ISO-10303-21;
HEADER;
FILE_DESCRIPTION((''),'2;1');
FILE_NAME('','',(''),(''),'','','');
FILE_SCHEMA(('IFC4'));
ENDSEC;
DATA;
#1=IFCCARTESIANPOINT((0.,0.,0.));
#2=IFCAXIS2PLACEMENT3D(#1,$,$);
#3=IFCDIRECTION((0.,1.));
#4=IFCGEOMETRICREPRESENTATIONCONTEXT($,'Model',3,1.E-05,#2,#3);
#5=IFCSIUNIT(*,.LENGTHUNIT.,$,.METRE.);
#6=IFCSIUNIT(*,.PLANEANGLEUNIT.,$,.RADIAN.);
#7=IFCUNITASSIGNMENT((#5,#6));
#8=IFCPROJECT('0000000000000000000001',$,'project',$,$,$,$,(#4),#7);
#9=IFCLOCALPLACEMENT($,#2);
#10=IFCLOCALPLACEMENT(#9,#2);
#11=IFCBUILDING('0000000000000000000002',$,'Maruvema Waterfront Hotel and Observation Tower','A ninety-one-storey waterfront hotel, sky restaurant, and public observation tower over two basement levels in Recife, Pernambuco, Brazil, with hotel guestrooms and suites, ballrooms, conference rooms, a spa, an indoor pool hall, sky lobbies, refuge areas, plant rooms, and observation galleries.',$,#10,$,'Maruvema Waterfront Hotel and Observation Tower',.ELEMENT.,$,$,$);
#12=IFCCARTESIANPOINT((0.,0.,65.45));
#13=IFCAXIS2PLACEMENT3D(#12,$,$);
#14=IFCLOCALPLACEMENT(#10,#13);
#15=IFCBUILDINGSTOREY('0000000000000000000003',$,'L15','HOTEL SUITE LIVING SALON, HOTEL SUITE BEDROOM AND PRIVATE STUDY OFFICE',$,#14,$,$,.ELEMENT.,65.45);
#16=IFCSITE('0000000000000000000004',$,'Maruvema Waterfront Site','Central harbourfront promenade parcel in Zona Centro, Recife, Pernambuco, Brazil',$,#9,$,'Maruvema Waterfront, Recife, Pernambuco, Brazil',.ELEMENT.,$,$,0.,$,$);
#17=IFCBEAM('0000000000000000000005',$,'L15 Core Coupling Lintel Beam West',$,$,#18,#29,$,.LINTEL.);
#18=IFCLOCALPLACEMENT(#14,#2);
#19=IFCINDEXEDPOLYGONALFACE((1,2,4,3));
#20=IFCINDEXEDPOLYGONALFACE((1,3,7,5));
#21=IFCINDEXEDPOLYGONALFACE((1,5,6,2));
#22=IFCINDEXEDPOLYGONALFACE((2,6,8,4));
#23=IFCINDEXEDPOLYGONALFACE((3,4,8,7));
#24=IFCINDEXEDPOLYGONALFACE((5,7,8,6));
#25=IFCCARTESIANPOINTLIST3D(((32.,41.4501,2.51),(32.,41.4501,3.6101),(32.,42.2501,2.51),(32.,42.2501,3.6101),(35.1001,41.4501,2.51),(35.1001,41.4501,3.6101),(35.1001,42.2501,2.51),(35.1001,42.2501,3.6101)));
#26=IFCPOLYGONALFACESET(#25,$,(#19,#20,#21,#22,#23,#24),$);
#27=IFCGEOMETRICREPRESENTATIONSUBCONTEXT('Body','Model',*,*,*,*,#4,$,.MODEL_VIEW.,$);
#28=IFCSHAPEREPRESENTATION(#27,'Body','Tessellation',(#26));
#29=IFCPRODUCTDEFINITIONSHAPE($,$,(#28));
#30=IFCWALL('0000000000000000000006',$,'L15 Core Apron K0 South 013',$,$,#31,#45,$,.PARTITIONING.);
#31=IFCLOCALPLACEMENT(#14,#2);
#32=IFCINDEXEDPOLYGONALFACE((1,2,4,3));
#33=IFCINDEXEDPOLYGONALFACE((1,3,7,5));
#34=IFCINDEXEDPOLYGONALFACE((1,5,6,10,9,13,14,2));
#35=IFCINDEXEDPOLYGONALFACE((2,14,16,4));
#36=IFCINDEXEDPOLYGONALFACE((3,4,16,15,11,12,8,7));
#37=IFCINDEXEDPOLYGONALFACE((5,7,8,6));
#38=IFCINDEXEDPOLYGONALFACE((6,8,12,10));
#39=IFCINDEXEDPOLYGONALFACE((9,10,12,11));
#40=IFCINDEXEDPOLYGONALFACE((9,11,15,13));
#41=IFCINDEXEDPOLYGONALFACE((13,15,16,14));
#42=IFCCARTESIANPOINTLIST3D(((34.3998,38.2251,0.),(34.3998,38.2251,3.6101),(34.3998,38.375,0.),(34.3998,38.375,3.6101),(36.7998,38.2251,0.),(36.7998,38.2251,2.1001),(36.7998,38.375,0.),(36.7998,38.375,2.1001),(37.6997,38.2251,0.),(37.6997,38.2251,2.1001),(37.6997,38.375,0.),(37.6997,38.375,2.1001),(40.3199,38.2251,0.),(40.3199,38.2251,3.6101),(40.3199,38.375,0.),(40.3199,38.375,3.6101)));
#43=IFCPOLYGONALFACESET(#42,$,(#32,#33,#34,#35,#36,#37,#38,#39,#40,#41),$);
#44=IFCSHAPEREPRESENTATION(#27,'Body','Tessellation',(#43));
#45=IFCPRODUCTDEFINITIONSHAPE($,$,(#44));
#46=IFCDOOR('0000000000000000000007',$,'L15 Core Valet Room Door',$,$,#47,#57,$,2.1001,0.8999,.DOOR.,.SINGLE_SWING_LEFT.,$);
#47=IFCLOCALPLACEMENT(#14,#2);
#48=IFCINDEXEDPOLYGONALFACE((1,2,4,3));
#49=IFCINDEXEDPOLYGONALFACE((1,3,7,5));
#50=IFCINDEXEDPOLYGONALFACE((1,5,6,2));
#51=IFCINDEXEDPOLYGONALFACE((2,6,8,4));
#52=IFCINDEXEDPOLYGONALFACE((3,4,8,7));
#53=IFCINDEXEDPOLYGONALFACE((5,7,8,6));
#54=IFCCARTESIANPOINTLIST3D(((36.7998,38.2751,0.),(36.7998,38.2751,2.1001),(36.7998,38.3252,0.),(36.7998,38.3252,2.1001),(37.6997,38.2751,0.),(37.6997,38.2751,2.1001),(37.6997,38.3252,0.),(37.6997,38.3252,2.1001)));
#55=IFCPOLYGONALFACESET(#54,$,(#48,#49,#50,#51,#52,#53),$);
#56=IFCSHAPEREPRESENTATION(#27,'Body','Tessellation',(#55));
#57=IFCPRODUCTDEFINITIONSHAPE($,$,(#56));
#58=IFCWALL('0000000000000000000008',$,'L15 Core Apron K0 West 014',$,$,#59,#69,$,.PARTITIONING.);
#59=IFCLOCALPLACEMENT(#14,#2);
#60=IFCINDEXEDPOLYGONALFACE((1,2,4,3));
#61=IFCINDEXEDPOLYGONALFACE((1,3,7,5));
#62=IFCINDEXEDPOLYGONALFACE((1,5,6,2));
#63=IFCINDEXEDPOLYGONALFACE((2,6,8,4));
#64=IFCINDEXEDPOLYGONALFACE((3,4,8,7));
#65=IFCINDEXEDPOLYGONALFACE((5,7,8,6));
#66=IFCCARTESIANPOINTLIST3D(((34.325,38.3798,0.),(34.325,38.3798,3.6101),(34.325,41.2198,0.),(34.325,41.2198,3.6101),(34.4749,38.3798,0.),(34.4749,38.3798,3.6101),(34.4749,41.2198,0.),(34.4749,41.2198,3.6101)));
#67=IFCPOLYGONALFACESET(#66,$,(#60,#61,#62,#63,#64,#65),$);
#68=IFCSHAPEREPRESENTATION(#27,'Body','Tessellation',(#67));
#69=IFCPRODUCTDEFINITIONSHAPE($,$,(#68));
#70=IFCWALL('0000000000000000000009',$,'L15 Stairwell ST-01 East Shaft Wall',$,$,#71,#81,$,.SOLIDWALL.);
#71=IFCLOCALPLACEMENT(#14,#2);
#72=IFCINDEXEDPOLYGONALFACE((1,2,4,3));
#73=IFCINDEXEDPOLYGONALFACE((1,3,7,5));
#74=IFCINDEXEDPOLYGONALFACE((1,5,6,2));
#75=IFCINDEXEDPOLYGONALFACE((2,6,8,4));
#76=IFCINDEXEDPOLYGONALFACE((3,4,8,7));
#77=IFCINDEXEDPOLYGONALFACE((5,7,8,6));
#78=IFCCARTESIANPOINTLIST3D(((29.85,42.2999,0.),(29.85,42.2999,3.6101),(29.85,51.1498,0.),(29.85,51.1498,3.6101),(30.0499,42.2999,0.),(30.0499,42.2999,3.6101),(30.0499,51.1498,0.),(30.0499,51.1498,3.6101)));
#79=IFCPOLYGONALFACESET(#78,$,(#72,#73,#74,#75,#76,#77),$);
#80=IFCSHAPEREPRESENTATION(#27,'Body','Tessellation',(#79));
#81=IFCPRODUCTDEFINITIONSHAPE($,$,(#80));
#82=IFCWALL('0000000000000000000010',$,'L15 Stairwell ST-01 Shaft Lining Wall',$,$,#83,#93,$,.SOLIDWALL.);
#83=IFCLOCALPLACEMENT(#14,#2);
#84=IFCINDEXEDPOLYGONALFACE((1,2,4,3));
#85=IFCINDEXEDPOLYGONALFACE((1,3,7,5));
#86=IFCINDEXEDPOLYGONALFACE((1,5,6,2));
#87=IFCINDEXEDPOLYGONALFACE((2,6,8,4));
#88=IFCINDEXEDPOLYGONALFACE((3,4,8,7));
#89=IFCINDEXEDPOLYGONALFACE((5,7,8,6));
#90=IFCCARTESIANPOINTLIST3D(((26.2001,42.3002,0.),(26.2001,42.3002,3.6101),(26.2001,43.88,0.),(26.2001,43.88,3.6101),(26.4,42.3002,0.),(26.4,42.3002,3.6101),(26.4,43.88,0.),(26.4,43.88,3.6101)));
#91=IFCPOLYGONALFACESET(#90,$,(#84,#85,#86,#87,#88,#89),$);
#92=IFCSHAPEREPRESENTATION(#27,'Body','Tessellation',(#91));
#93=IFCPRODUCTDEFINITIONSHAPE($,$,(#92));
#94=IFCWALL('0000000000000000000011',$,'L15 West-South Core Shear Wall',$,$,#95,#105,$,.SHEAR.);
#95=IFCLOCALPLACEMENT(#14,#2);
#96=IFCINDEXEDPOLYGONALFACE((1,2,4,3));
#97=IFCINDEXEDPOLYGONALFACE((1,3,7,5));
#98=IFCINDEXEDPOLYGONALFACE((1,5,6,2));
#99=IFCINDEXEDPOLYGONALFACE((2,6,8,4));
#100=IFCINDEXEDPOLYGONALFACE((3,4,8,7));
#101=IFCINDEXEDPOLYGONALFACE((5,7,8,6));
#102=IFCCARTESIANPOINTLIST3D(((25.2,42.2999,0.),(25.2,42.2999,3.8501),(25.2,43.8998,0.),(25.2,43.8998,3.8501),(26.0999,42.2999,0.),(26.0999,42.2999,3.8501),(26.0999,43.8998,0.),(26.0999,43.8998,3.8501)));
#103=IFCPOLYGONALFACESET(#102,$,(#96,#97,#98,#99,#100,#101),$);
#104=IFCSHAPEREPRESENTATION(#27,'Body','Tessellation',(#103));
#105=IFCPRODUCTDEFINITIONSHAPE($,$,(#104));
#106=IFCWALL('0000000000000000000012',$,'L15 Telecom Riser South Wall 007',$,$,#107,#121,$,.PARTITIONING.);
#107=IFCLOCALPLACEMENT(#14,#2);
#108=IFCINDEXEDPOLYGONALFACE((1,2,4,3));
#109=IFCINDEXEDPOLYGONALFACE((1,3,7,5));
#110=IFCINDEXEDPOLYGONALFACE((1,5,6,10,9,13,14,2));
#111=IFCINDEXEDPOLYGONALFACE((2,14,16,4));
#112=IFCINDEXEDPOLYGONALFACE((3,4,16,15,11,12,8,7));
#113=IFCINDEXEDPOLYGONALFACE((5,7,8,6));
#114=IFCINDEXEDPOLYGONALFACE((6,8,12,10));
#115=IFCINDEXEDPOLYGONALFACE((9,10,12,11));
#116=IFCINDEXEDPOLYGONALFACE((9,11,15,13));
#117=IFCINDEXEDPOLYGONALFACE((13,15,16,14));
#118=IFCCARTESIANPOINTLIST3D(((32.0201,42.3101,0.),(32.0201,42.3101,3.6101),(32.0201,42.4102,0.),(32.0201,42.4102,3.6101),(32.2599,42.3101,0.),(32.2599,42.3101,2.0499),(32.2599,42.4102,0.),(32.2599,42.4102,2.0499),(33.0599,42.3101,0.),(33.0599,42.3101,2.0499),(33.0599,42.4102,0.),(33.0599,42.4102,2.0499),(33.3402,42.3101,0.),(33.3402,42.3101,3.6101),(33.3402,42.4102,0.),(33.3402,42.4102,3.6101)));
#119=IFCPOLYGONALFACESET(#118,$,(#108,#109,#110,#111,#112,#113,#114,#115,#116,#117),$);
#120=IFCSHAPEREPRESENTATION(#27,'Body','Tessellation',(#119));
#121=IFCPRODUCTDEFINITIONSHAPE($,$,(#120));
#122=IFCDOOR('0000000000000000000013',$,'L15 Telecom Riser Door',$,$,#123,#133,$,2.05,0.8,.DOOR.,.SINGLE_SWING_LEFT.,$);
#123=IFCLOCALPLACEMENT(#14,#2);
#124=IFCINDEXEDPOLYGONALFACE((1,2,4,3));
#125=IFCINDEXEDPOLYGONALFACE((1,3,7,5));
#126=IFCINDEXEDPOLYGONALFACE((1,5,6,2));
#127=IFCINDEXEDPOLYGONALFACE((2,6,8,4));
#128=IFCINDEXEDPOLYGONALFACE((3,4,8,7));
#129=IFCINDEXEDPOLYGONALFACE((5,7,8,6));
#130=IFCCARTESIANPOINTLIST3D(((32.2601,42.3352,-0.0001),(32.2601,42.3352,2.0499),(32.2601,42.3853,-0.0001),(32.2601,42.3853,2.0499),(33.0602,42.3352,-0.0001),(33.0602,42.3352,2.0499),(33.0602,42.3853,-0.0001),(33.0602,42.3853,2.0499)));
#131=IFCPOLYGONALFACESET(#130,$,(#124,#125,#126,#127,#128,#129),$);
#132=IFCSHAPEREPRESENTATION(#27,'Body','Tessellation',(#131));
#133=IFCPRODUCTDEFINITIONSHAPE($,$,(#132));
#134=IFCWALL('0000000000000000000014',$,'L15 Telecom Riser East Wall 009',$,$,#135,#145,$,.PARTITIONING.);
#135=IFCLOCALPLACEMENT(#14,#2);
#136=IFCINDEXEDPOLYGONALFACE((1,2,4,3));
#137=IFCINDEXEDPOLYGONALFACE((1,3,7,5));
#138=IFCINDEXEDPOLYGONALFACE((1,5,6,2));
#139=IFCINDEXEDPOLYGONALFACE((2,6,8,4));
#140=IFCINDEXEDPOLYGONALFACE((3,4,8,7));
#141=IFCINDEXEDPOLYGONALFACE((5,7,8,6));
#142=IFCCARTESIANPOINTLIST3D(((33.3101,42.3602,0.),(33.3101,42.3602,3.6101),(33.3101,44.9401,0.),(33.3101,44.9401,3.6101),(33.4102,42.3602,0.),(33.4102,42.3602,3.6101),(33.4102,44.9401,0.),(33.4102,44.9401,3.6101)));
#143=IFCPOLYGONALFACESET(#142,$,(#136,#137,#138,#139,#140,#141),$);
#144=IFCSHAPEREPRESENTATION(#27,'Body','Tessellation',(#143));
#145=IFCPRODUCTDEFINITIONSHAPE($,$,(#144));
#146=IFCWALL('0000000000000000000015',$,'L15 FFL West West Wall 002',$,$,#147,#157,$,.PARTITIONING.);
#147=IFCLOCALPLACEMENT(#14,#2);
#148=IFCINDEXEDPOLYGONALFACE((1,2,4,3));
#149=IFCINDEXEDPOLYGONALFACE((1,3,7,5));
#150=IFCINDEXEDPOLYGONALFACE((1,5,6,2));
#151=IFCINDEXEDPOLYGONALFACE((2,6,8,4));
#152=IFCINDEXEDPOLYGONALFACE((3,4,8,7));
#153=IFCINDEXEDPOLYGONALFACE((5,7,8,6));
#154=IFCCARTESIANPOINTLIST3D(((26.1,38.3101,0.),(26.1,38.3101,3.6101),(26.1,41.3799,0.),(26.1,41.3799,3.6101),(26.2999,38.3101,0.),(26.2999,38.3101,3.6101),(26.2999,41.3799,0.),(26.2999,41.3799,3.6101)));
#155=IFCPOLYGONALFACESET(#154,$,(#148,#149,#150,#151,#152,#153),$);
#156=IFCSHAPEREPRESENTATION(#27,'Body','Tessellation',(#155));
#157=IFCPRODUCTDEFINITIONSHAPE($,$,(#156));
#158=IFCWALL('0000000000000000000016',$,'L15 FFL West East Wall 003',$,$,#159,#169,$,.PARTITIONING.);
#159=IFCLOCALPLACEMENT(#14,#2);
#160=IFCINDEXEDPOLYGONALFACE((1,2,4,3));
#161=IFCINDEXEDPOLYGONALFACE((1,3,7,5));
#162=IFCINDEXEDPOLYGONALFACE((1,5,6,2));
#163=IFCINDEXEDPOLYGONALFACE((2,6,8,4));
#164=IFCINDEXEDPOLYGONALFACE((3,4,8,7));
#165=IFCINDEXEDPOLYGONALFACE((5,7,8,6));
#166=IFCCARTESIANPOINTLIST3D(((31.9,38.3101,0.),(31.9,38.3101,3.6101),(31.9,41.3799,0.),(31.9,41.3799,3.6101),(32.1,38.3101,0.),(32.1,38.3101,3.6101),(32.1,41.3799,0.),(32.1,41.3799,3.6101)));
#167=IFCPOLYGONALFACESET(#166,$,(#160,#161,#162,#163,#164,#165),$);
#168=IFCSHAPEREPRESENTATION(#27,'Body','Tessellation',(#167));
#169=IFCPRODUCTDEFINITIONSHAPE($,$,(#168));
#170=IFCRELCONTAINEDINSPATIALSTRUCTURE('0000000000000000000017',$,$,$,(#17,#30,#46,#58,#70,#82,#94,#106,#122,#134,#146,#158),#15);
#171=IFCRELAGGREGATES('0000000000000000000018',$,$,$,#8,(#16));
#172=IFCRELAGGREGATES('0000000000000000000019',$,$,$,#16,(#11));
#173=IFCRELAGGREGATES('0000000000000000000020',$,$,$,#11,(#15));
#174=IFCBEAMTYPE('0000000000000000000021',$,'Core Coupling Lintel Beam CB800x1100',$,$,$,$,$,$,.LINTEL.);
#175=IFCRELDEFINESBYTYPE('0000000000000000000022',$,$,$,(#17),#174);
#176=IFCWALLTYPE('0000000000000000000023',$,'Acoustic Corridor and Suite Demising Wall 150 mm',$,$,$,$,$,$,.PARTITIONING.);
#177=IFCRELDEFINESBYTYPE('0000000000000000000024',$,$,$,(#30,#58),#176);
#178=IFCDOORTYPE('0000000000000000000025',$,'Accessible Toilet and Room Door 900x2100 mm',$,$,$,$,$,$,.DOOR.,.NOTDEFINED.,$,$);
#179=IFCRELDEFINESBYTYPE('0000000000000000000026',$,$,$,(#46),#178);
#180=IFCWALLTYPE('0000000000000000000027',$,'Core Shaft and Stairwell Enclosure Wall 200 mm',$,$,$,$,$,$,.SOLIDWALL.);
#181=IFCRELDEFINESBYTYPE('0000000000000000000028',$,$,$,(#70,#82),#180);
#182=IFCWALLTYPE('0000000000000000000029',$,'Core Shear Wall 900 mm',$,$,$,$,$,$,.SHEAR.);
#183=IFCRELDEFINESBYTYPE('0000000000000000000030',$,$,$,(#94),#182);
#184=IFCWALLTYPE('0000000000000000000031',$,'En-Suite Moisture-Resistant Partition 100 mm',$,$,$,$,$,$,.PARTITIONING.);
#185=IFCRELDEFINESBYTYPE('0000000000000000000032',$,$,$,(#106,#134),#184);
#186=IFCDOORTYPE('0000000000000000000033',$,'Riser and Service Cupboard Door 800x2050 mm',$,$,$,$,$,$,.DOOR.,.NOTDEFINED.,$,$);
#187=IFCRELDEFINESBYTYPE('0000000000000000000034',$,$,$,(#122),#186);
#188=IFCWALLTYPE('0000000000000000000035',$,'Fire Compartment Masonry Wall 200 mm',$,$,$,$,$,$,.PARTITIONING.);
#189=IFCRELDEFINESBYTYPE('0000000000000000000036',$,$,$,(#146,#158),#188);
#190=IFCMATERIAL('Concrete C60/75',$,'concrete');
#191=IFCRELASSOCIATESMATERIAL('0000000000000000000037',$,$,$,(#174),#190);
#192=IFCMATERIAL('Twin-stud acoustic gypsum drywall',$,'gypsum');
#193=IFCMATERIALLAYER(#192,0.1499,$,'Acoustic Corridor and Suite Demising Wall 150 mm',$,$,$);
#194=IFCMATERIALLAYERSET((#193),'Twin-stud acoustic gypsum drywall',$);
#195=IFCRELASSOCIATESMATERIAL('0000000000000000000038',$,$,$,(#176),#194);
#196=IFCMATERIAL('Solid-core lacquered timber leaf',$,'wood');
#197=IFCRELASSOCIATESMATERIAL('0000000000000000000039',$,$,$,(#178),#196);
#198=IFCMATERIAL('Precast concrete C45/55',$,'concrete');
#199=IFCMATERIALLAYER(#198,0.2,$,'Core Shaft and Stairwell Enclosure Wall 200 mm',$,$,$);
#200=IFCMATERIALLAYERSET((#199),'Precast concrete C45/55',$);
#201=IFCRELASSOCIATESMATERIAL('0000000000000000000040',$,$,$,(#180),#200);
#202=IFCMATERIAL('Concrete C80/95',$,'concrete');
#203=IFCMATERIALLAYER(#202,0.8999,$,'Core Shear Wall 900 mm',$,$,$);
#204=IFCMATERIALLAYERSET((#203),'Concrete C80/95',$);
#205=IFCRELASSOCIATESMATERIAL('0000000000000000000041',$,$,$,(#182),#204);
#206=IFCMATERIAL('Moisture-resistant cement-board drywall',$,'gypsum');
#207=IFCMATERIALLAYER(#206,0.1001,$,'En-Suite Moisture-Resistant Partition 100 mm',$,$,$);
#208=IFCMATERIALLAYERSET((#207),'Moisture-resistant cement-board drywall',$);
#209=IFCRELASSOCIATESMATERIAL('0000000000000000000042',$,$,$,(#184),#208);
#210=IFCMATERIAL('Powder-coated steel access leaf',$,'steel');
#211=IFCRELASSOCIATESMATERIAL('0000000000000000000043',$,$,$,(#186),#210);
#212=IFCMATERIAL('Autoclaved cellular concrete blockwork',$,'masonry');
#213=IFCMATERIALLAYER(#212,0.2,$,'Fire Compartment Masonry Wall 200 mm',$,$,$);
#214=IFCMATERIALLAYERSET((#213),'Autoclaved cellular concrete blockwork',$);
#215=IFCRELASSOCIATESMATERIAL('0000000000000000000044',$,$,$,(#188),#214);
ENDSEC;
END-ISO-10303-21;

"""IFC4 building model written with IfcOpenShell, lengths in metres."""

from ifc_helpers import new_model, si_unit, direction, frame, frame_2d, origin, origin_2d, place, context, subcontext, project, spatial, rectangle, extrude, material, layer, layer_set, material_profile, profile_set, type_object, element, fill, save


model = new_model("IFC4")

# Units and contexts
model_context = context("Model", 3, precision=1e-05, world=origin(), true_north=direction((0.0, 1.0)))
body_context = subcontext(model_context, "Body", "Model", "MODEL_VIEW")
ifc_project = project(units=[si_unit("LENGTHUNIT", "METRE"), si_unit("PLANEANGLEUNIT", "RADIAN")], contexts=[model_context])

# Site, building, storey
site_placement = place(None, origin())
site = spatial("IfcSite", under=ifc_project, at=site_placement, Name="Maruvema Waterfront Site", Description="Central harbourfront promenade parcel in Zona Centro, Recife, Pernambuco, Brazil", LongName="Maruvema Waterfront, Recife, Pernambuco, Brazil", CompositionType="ELEMENT", RefElevation=0.0)
building_placement = place(site_placement, origin())
building = spatial("IfcBuilding", under=site, at=building_placement, Name="Maruvema Waterfront Hotel and Observation Tower", Description="A ninety-one-storey waterfront hotel, sky restaurant, and public observation tower over two basement levels in Recife, Pernambuco, Brazil, with hotel guestrooms and suites, ballrooms, conference rooms, a spa, an indoor pool hall, sky lobbies, refuge areas, plant rooms, and observation galleries.", LongName="Maruvema Waterfront Hotel and Observation Tower", CompositionType="ELEMENT")
storey_placement = place(building_placement, frame((0.0, 0.0, 65.45)))
storey = spatial("IfcBuildingStorey", under=building, at=storey_placement, Name="L15", Description="HOTEL SUITE LIVING SALON, HOTEL SUITE BEDROOM AND PRIVATE STUDY OFFICE", CompositionType="ELEMENT", Elevation=65.45)

# Beam
ifc_material_1 = material(Name="Concrete C60/75", Category="concrete")
ifc_material_profile = material_profile(ifc_material_1, rectangle(XDim=0.8, YDim=1.1001, at=origin_2d()), Name="CB800x1100")
ifc_profile_set = profile_set([ifc_material_profile], Name="Concrete C60/75")
beam_type = type_object("IfcBeamType", Name="Core Coupling Lintel Beam CB800x1100", PredefinedType="LINTEL", material=ifc_profile_set)
beam_placement = place(storey_placement, frame((32.0, 41.8501, 3.0601), z_axis=(1.0, 0.0, 0.0), x_axis=(0.0, 1.0, 0.0)))
element("IfcBeam", 1, at=beam_placement, inside=storey, type_object=beam_type, Name="L15 Core Coupling Lintel Beam West", PredefinedType="LINTEL", context=body_context, shape_type="SweptSolid", body=[
    extrude(rectangle(XDim=0.8, YDim=1.1001, at=origin_2d()), origin(), (0.0, 0.0, 1.0), 3.1001),
])

# Wall, opening, door
ifc_material_2 = material(Name="Twin-stud acoustic gypsum drywall", Category="gypsum")
ifc_layer_1 = layer(ifc_material_2, 0.1499, Name="Acoustic Corridor and Suite Demising Wall 150 mm")
ifc_layer_set_1 = layer_set([ifc_layer_1], Name="Twin-stud acoustic gypsum drywall")
wall_type_1 = type_object("IfcWallType", Name="Acoustic Corridor and Suite Demising Wall 150 mm", PredefinedType="PARTITIONING", material=ifc_layer_set_1)
wall_1_placement = place(storey_placement, frame((34.3999, 38.3, 0.0), z_axis=(0.0, 0.0, 1.0), x_axis=(1.0, 0.0, 0.0)))
wall_1 = element("IfcWall", 2, at=wall_1_placement, inside=storey, type_object=wall_type_1, Name="L15 Core Apron K0 South 013", PredefinedType="PARTITIONING", context=body_context, shape_type="SweptSolid", body=[
    extrude(rectangle(XDim=5.9202, YDim=0.1499, at=frame_2d((2.96, 0.0))), origin(), (0.0, 0.0, 1.0), 3.6101),
])
opening_1_placement = place(wall_1_placement, frame((2.3999, 0.0, 0.0)))
opening_1 = element("IfcOpeningElement", 3, at=opening_1_placement, cuts=wall_1, PredefinedType="OPENING", context=body_context, shape_type="SweptSolid", body=[
    extrude(rectangle(XDim=0.8999, YDim=2.1001, at=frame_2d((0.45, 1.05))), frame((0.0, 0.085, 0.0), z_axis=(0.0, -1.0, 0.0), x_axis=(1.0, 0.0, 0.0)), (0.0, 0.0, 1.0), 0.1699),
])
ifc_material_3 = material(Name="Solid-core lacquered timber leaf", Category="wood")
door_type_1 = type_object("IfcDoorType", Name="Accessible Toilet and Room Door 900x2100 mm", OperationType="NOTDEFINED", PredefinedType="DOOR", material=ifc_material_3)
door_1_placement = place(opening_1_placement, frame((0.8999, 0.0, 0.0), z_axis=(0.0, 0.0, 1.0), x_axis=(-1.0, 0.0, 0.0)))
door_1 = element("IfcDoor", 4, at=door_1_placement, inside=storey, type_object=door_type_1, Name="L15 Core Valet Room Door", OperationType="SINGLE_SWING_LEFT", OverallHeight=2.1001, OverallWidth=0.8999, PredefinedType="DOOR", context=body_context, shape_type="SweptSolid", body=[
    extrude(rectangle(XDim=0.8999, YDim=2.1001, at=frame_2d((0.45, 1.05))), frame((0.0, 0.0249, 0.0), z_axis=(0.0, -1.0, 0.0), x_axis=(1.0, 0.0, 0.0)), (0.0, 0.0, 1.0), 0.05),
])
fill(opening_1, door_1)

# Walls
wall_2_placement = place(storey_placement, frame((34.3999, 38.3799, 0.0), z_axis=(0.0, 0.0, 1.0), x_axis=(0.0, 1.0, 0.0)))
element("IfcWall", 5, at=wall_2_placement, inside=storey, type_object=wall_type_1, Name="L15 Core Apron K0 West 014", PredefinedType="PARTITIONING", context=body_context, shape_type="SweptSolid", body=[
    extrude(rectangle(XDim=2.8401, YDim=0.1499, at=frame_2d((1.4199, 0.0))), origin(), (0.0, 0.0, 1.0), 3.6101),
])
ifc_material_4 = material(Name="Precast concrete C45/55", Category="concrete")
ifc_layer_2 = layer(ifc_material_4, 0.2, Name="Core Shaft and Stairwell Enclosure Wall 200 mm")
ifc_layer_set_2 = layer_set([ifc_layer_2], Name="Precast concrete C45/55")
wall_type_2 = type_object("IfcWallType", Name="Core Shaft and Stairwell Enclosure Wall 200 mm", PredefinedType="SOLIDWALL", material=ifc_layer_set_2)
wall_3_placement = place(storey_placement, frame((29.95, 42.3, 0.0), z_axis=(0.0, 0.0, 1.0), x_axis=(0.0, 1.0, 0.0)))
element("IfcWall", 6, at=wall_3_placement, inside=storey, type_object=wall_type_2, Name="L15 Stairwell ST-01 East Shaft Wall", PredefinedType="SOLIDWALL", context=body_context, shape_type="SweptSolid", body=[
    extrude(rectangle(XDim=8.8499, YDim=0.2, at=frame_2d((4.4248, 0.0))), origin(), (0.0, 0.0, 1.0), 3.6101),
])
wall_4_placement = place(storey_placement, frame((26.3, 42.3, 0.0), z_axis=(0.0, 0.0, 1.0), x_axis=(0.0, 1.0, 0.0)))
element("IfcWall", 7, at=wall_4_placement, inside=storey, type_object=wall_type_2, Name="L15 Stairwell ST-01 Shaft Lining Wall", PredefinedType="SOLIDWALL", context=body_context, shape_type="SweptSolid", body=[
    extrude(rectangle(XDim=1.5798, YDim=0.2, at=frame_2d((0.79, 0.0))), origin(), (0.0, 0.0, 1.0), 3.6101),
])

# Shared definitions
ifc_material_5 = material(Name="Concrete C80/95", Category="concrete")
ifc_layer_3 = layer(ifc_material_5, 0.8999, Name="Core Shear Wall 900 mm")
ifc_layer_set_3 = layer_set([ifc_layer_3], Name="Concrete C80/95")
wall_type_3 = type_object("IfcWallType", Name="Core Shear Wall 900 mm", PredefinedType="SHEAR", material=ifc_layer_set_3)

# Wall
wall_5_placement = place(storey_placement, frame((25.6499, 42.3, 0.0), z_axis=(0.0, 0.0, 1.0), x_axis=(0.0, 1.0, 0.0)))
element("IfcWall", 8, at=wall_5_placement, inside=storey, type_object=wall_type_3, Name="L15 West-South Core Shear Wall", PredefinedType="SHEAR", context=body_context, shape_type="SweptSolid", body=[
    extrude(rectangle(XDim=1.5999, YDim=0.8999, at=frame_2d((0.7998, 0.0))), origin(), (0.0, 0.0, 1.0), 3.8501),
])

# Wall, opening, door
ifc_material_6 = material(Name="Moisture-resistant cement-board drywall", Category="gypsum")
ifc_layer_4 = layer(ifc_material_6, 0.1001, Name="En-Suite Moisture-Resistant Partition 100 mm")
ifc_layer_set_4 = layer_set([ifc_layer_4], Name="Moisture-resistant cement-board drywall")
wall_type_4 = type_object("IfcWallType", Name="En-Suite Moisture-Resistant Partition 100 mm", PredefinedType="PARTITIONING", material=ifc_layer_set_4)
wall_6_placement = place(storey_placement, frame((32.02, 42.3601, 0.0), z_axis=(0.0, 0.0, 1.0), x_axis=(1.0, 0.0, 0.0)))
wall_6 = element("IfcWall", 9, at=wall_6_placement, inside=storey, type_object=wall_type_4, Name="L15 Telecom Riser South Wall 007", PredefinedType="PARTITIONING", context=body_context, shape_type="SweptSolid", body=[
    extrude(rectangle(XDim=1.3201, YDim=0.1001, at=frame_2d((0.6602, 0.0))), origin(), (0.0, 0.0, 1.0), 3.6101),
])
opening_2_placement = place(wall_6_placement, frame((0.24, 0.0, 0.0)))
opening_2 = element("IfcOpeningElement", 10, at=opening_2_placement, cuts=wall_6, PredefinedType="OPENING", context=body_context, shape_type="SweptSolid", body=[
    extrude(rectangle(XDim=0.8, YDim=2.05, at=frame_2d((0.3999, 1.0249))), frame((0.0, 0.0601, 0.0), z_axis=(0.0, -1.0, 0.0), x_axis=(1.0, 0.0, 0.0)), (0.0, 0.0, 1.0), 0.1201),
])
ifc_material_7 = material(Name="Powder-coated steel access leaf", Category="steel")
door_type_2 = type_object("IfcDoorType", Name="Riser and Service Cupboard Door 800x2050 mm", OperationType="NOTDEFINED", PredefinedType="DOOR", material=ifc_material_7)
door_2_placement = place(opening_2_placement, frame((0.8, 0.0, 0.0), z_axis=(0.0, 0.0, 1.0), x_axis=(-1.0, 0.0, 0.0)))
door_2 = element("IfcDoor", 11, at=door_2_placement, inside=storey, type_object=door_type_2, Name="L15 Telecom Riser Door", OperationType="SINGLE_SWING_LEFT", OverallHeight=2.05, OverallWidth=0.8, PredefinedType="DOOR", context=body_context, shape_type="SweptSolid", body=[
    extrude(rectangle(XDim=0.8, YDim=2.05, at=frame_2d((0.3999, 1.0249))), frame((0.0, 0.0249, 0.0), z_axis=(0.0, -1.0, 0.0), x_axis=(1.0, 0.0, 0.0)), (0.0, 0.0, 1.0), 0.05),
])
fill(opening_2, door_2)

# Walls
wall_7_placement = place(storey_placement, frame((33.3601, 42.3601, 0.0), z_axis=(0.0, 0.0, 1.0), x_axis=(0.0, 1.0, 0.0)))
element("IfcWall", 12, at=wall_7_placement, inside=storey, type_object=wall_type_4, Name="L15 Telecom Riser East Wall 009", PredefinedType="PARTITIONING", context=body_context, shape_type="SweptSolid", body=[
    extrude(rectangle(XDim=2.5798, YDim=0.1001, at=frame_2d((1.29, 0.0))), origin(), (0.0, 0.0, 1.0), 3.6101),
])
ifc_material_8 = material(Name="Autoclaved cellular concrete blockwork", Category="masonry")
ifc_layer_5 = layer(ifc_material_8, 0.2, Name="Fire Compartment Masonry Wall 200 mm")
ifc_layer_set_5 = layer_set([ifc_layer_5], Name="Autoclaved cellular concrete blockwork")
wall_type_5 = type_object("IfcWallType", Name="Fire Compartment Masonry Wall 200 mm", PredefinedType="PARTITIONING", material=ifc_layer_set_5)
for number, where, z_axis, x_axis, name in (
    (13, (26.2, 38.3101, 0.0), (0.0, 0.0, 1.0), (0.0, 1.0, 0.0), "L15 FFL West West Wall 002"),
    (14, (32.0, 38.3101, 0.0), (0.0, 0.0, 1.0), (0.0, 1.0, 0.0), "L15 FFL West East Wall 003"),
):
    element("IfcWall", number, at=place(storey_placement, frame(where, z_axis=z_axis, x_axis=x_axis)), inside=storey, type_object=wall_type_5, Name=name, PredefinedType="PARTITIONING", context=body_context, shape_type="SweptSolid", body=[
        extrude(rectangle(XDim=3.0698, YDim=0.2, at=frame_2d((1.5349, 0.0))), origin(), (0.0, 0.0, 1.0), 3.6101),
    ])

save(model, "model.ifc")
